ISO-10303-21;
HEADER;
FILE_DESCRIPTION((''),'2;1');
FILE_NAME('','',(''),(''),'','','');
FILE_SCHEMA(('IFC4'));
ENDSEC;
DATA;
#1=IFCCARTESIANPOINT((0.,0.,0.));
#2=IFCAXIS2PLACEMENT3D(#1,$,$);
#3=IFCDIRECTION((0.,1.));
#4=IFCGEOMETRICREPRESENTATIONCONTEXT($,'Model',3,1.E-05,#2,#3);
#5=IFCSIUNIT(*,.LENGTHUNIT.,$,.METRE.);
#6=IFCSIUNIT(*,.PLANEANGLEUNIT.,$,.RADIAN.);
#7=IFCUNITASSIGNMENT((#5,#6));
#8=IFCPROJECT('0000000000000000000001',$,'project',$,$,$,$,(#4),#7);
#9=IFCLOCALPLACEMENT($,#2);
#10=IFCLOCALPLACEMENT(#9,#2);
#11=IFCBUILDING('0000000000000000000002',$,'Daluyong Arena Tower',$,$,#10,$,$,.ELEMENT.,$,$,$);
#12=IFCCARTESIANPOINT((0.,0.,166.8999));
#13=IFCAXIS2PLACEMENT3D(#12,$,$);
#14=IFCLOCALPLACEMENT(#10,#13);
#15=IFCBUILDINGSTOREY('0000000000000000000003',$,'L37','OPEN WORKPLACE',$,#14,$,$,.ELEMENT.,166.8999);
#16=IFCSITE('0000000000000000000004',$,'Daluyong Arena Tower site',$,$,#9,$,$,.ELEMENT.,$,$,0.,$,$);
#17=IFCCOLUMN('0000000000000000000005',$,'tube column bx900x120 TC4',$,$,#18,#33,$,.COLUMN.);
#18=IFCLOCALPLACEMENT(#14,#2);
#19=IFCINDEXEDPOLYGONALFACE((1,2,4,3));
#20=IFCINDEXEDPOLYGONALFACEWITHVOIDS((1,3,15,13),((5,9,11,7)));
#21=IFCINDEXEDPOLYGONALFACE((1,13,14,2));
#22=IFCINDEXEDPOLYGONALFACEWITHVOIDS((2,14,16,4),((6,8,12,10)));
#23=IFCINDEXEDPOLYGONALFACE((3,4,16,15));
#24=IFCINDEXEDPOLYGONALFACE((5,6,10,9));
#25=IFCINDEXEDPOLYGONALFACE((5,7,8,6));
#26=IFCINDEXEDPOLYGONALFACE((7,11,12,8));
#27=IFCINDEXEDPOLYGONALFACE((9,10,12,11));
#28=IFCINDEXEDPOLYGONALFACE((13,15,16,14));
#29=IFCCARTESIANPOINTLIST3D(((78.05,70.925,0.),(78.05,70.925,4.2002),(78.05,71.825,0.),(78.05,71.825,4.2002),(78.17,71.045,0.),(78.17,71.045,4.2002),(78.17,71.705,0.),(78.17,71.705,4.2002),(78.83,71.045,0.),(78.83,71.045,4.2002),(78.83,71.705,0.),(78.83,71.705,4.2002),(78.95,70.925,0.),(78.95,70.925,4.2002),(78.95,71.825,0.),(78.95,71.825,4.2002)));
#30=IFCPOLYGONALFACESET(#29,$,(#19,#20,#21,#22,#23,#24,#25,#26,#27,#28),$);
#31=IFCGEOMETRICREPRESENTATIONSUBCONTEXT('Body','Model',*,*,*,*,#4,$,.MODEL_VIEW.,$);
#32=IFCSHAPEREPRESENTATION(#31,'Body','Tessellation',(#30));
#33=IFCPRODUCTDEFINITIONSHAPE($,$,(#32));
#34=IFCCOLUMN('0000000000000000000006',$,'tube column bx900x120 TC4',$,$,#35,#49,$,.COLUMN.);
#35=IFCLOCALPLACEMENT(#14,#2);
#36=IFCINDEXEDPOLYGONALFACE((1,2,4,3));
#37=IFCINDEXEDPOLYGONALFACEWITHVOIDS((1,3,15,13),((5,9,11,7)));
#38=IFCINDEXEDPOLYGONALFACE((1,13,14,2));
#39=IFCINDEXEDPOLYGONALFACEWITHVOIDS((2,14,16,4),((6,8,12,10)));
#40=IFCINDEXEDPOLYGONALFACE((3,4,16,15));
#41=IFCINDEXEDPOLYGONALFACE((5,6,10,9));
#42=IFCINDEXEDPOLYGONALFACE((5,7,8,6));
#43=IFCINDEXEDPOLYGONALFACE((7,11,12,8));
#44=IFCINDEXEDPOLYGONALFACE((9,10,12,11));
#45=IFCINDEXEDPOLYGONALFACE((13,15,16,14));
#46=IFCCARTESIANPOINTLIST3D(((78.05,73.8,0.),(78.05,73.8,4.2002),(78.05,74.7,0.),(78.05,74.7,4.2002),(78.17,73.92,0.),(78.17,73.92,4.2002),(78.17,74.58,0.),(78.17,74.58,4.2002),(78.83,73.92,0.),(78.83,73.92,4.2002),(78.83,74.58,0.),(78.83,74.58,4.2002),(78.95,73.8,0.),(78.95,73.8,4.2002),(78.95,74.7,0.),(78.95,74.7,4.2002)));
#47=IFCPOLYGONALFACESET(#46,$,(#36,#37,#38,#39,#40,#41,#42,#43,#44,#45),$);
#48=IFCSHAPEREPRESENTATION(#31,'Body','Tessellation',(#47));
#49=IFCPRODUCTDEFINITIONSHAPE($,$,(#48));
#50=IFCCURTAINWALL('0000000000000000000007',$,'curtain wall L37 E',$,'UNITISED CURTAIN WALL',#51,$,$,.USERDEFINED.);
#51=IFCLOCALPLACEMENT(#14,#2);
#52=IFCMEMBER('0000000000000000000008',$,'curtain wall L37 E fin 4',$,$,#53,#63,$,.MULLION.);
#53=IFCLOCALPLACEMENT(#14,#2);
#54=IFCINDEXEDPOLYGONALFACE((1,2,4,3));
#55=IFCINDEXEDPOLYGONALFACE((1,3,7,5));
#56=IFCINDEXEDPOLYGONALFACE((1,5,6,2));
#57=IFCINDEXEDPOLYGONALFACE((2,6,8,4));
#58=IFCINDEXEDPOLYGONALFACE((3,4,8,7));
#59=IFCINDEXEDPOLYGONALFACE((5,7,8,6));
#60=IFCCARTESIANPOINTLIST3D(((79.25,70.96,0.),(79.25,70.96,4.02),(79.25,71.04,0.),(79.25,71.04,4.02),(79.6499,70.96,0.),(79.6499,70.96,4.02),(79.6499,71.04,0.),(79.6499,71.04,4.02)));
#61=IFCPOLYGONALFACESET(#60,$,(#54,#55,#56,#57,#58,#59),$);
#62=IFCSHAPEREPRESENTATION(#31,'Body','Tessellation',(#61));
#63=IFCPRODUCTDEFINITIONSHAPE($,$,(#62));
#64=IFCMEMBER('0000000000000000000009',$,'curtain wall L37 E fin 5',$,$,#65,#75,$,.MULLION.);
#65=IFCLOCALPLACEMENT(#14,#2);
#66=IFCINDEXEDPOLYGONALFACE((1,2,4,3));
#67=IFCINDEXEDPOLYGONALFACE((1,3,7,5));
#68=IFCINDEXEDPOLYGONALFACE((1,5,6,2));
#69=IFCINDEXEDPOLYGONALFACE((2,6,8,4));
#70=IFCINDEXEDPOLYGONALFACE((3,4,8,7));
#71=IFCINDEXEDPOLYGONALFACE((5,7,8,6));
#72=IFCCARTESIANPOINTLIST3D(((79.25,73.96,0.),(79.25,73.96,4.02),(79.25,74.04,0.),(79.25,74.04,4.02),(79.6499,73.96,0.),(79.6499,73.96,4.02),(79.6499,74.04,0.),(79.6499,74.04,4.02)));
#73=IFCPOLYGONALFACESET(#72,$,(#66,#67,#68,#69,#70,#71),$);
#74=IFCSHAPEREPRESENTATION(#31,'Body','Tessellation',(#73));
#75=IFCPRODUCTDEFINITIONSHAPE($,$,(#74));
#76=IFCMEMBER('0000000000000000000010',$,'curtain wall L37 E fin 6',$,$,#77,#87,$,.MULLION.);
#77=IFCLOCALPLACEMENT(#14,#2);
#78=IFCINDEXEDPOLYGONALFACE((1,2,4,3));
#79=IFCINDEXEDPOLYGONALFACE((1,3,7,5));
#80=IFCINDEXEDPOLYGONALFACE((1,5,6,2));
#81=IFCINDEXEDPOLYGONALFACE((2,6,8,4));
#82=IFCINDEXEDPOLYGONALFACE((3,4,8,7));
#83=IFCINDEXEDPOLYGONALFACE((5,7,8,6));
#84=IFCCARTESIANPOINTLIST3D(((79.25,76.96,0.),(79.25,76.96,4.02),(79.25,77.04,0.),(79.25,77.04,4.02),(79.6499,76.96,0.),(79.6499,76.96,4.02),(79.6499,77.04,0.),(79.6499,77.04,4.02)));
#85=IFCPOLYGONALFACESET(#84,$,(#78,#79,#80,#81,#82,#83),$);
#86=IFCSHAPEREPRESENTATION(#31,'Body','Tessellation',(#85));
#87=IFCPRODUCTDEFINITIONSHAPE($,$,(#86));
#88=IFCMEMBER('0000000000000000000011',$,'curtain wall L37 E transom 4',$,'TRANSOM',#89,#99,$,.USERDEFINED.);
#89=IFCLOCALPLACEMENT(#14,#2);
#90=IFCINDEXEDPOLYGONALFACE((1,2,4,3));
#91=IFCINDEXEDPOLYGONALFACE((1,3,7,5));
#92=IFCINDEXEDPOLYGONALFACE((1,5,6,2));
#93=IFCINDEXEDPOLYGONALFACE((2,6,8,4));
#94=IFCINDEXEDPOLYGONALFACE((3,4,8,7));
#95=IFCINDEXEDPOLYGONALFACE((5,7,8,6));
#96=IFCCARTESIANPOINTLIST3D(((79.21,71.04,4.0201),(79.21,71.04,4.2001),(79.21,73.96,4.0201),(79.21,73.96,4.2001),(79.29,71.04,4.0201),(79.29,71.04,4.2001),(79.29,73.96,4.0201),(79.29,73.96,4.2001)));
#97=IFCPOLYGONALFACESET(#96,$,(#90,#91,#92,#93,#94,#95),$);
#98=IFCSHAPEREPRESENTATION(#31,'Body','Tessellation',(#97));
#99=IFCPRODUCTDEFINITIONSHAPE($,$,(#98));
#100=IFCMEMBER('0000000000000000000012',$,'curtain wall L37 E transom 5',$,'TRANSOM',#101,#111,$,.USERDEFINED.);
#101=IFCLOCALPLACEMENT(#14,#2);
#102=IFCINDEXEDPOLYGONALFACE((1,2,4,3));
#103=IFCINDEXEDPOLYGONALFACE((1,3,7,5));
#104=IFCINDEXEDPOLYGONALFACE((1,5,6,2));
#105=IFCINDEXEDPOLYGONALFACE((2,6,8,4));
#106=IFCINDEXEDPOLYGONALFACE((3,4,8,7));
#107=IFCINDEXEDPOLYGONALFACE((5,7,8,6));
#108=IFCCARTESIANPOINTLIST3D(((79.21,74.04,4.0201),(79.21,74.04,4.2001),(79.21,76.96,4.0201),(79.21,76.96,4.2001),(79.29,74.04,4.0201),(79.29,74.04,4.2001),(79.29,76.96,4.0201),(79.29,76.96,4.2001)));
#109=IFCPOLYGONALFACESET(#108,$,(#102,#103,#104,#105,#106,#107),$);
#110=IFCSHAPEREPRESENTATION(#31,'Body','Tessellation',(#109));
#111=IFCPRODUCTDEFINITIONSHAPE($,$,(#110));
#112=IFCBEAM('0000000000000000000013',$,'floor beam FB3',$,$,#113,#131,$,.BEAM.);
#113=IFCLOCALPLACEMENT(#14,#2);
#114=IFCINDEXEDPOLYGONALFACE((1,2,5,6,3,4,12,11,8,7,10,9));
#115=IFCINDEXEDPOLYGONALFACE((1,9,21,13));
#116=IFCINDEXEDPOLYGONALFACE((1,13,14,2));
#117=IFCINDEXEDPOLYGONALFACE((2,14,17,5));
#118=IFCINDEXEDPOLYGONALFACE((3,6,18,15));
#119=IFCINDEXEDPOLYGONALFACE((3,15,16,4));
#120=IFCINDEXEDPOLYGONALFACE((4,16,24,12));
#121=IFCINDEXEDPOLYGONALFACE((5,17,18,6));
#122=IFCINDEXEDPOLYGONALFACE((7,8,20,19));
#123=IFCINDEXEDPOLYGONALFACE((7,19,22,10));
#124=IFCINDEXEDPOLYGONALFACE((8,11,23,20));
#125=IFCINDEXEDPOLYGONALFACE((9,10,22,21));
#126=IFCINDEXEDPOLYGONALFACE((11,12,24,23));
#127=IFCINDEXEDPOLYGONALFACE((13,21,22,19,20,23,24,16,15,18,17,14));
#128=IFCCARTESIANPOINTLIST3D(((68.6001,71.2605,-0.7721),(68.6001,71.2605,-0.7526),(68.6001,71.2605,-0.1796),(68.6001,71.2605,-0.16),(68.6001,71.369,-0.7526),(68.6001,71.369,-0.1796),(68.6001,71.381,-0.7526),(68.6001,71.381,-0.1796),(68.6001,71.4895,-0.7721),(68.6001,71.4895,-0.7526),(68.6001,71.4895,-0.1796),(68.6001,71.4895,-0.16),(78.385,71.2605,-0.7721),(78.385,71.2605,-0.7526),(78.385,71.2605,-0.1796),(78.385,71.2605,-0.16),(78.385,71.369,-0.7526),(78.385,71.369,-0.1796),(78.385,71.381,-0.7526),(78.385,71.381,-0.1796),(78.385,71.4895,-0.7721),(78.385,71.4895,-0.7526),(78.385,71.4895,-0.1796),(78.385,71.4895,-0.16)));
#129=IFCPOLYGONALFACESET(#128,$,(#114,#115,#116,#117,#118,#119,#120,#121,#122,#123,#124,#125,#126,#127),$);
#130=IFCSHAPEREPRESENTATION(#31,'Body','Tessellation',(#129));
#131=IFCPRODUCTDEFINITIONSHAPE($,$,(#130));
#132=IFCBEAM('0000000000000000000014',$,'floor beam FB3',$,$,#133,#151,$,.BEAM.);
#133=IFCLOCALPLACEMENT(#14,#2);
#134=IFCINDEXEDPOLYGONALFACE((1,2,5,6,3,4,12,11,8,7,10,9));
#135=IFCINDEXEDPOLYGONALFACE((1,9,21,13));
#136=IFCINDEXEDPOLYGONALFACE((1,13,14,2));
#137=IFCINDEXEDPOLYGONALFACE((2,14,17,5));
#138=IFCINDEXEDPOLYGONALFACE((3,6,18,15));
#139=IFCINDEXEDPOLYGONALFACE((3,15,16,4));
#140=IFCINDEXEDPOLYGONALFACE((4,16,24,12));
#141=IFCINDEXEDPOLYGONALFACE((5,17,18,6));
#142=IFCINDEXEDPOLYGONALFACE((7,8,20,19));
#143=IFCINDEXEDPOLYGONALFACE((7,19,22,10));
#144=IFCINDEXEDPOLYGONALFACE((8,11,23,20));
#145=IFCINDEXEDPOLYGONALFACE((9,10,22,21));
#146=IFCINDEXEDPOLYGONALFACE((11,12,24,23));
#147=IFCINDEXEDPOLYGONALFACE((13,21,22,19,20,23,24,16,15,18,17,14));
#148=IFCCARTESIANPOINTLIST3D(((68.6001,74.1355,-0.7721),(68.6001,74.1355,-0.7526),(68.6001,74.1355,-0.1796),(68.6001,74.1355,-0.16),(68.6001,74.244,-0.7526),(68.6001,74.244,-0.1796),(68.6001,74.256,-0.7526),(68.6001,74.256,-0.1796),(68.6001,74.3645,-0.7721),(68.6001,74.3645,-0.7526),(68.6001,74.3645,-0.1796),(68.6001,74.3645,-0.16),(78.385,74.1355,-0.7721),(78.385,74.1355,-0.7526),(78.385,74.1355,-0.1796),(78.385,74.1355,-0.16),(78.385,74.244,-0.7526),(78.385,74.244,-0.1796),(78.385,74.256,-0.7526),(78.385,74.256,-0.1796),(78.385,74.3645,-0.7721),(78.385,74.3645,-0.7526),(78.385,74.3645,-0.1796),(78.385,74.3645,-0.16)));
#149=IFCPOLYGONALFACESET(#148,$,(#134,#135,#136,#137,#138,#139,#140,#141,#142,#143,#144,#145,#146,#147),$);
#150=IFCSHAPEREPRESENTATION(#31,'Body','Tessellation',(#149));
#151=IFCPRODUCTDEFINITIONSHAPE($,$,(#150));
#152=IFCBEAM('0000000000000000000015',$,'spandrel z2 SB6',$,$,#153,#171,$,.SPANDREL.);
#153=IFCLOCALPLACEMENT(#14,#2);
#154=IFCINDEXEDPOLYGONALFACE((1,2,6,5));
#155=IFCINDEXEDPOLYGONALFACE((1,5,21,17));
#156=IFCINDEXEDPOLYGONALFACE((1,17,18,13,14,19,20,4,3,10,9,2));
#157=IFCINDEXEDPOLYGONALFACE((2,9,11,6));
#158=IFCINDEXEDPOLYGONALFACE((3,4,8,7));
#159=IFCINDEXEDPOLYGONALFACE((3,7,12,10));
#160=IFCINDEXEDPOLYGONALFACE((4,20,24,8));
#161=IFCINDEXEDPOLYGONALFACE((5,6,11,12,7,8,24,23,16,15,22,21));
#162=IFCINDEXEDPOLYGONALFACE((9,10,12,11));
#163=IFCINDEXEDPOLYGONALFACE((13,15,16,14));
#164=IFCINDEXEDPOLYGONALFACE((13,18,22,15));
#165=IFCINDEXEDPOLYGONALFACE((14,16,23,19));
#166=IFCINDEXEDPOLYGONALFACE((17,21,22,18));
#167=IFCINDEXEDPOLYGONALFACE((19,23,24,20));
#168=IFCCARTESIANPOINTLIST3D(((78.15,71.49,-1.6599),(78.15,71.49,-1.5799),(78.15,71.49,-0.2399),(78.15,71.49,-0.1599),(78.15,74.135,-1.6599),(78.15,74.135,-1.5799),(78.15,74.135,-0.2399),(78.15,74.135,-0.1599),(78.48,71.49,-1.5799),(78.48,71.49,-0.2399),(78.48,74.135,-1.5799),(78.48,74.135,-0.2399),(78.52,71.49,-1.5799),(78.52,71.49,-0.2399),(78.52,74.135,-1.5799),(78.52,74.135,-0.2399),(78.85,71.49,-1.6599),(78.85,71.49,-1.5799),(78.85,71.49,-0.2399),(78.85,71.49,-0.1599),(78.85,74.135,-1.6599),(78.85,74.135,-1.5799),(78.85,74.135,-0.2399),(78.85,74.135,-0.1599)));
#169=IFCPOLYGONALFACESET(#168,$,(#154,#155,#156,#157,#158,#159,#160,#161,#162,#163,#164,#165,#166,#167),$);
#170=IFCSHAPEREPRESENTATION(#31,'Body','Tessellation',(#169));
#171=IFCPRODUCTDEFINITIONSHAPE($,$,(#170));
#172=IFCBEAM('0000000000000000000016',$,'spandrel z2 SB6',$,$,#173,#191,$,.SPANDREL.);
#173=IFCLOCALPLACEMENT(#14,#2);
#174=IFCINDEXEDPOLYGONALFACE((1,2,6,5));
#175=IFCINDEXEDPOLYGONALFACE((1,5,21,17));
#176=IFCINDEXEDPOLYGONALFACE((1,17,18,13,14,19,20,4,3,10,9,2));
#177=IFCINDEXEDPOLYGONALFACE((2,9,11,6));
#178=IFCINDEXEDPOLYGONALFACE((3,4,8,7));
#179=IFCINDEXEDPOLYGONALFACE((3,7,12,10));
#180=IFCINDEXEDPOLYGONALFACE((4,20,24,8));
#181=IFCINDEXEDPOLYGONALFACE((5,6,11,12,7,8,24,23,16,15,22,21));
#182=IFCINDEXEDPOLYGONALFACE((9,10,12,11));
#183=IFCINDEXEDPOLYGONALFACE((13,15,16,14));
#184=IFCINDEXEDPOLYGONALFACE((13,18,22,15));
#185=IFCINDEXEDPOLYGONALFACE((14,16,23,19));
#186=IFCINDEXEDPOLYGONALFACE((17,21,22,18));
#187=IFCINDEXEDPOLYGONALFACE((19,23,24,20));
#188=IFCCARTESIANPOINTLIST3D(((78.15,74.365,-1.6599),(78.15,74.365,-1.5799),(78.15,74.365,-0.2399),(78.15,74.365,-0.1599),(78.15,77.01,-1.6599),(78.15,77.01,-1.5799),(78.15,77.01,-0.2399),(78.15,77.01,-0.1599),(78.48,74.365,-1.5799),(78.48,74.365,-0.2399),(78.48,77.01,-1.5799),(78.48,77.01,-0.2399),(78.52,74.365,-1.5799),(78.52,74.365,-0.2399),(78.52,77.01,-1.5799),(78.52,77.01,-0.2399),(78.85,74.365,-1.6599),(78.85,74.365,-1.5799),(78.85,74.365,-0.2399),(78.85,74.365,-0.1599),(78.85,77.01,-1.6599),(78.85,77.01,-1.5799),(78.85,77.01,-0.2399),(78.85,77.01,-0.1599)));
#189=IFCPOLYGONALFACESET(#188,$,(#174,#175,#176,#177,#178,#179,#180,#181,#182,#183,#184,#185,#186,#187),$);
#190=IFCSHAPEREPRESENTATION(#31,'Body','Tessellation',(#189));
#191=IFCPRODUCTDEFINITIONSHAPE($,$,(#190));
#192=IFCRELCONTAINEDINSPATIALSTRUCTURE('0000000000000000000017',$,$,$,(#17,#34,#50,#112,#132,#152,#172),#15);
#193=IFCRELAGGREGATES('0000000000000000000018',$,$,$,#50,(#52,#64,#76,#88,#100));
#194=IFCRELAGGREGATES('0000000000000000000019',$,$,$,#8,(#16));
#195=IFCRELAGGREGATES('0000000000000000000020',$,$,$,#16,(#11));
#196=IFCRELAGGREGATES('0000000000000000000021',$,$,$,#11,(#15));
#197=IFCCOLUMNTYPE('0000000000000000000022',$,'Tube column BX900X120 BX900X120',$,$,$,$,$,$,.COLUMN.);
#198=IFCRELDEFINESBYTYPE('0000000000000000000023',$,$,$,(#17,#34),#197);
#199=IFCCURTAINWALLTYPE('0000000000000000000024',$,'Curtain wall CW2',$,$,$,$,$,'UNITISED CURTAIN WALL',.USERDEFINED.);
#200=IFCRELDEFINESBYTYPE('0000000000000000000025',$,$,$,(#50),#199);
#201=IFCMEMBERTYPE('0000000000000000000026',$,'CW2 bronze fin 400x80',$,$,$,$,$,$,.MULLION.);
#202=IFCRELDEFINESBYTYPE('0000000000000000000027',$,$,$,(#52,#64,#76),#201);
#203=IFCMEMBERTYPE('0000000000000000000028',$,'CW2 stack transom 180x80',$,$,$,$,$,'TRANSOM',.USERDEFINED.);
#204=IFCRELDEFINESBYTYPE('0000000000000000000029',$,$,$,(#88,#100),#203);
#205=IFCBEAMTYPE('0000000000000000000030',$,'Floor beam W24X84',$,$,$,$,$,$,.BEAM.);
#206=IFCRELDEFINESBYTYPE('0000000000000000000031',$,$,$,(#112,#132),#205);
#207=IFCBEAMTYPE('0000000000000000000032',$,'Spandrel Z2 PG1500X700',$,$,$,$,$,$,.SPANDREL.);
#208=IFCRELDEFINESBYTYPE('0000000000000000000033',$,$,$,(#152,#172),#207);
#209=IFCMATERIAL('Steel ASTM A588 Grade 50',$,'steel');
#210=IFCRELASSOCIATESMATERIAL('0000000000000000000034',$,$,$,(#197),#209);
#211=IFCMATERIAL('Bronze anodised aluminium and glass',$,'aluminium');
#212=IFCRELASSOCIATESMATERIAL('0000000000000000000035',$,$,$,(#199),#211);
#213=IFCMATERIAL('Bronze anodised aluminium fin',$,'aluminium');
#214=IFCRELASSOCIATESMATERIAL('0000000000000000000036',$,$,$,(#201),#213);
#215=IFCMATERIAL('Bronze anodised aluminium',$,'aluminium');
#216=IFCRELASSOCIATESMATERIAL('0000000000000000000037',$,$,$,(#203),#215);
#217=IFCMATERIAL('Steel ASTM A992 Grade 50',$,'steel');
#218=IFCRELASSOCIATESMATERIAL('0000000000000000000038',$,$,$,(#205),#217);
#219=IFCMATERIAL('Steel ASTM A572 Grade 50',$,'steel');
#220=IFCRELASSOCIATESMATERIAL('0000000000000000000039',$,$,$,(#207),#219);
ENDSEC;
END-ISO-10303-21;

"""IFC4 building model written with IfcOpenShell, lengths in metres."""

from ifc_helpers import new_model, si_unit, direction, frame, origin, origin_2d, place, context, subcontext, project, spatial, rectangle, hollow_rectangle, i_section, extrude, material, material_profile, profile_set, type_object, element, aggregate, save


model = new_model("IFC4")

# Units and contexts
model_context = context("Model", 3, precision=1e-05, world=origin(), true_north=direction((0.0, 1.0)))
body_context = subcontext(model_context, "Body", "Model", "MODEL_VIEW")
ifc_project = project(units=[si_unit("LENGTHUNIT", "METRE"), si_unit("PLANEANGLEUNIT", "RADIAN")], contexts=[model_context])

# Site, building, storey
site_placement = place(None, origin())
site = spatial("IfcSite", under=ifc_project, at=site_placement, Name="Daluyong Arena Tower site", CompositionType="ELEMENT", RefElevation=0.0)
building_placement = place(site_placement, origin())
building = spatial("IfcBuilding", under=site, at=building_placement, Name="Daluyong Arena Tower", CompositionType="ELEMENT")
storey_placement = place(building_placement, frame((0.0, 0.0, 166.8999)))
storey = spatial("IfcBuildingStorey", under=building, at=storey_placement, Name="L37", Description="OPEN WORKPLACE", CompositionType="ELEMENT", Elevation=166.8999)

# Columns
ifc_material_1 = material(Name="Steel ASTM A588 Grade 50", Category="steel")
ifc_material_profile_1 = material_profile(ifc_material_1, hollow_rectangle(XDim=0.8999, YDim=0.8999, WallThickness=0.12, at=origin_2d()))
ifc_profile_set_1 = profile_set([ifc_material_profile_1], Name="Steel ASTM A588 Grade 50")
column_type = type_object("IfcColumnType", Name="Tube column BX900X120 BX900X120", PredefinedType="COLUMN", material=ifc_profile_set_1)
for number, where, z_axis, x_axis, name in (
    (1, (78.5, 71.375, 0.0), (0.0, 0.0, 1.0), (0.0, 1.0, 0.0), "tube column bx900x120 TC4"),
    (2, (78.5, 74.25, 0.0), (0.0, 0.0, 1.0), (0.0, 1.0, 0.0), "tube column bx900x120 TC4"),
):
    element("IfcColumn", number, at=place(storey_placement, frame(where, z_axis=z_axis, x_axis=x_axis)), inside=storey, type_object=column_type, Name=name, PredefinedType="COLUMN", context=body_context, shape_type="SweptSolid", body=[
        extrude(hollow_rectangle(XDim=0.8999, YDim=0.8999, WallThickness=0.12, at=origin_2d()), origin(), (0.0, 0.0, 1.0), 4.2002),
    ])

# Curtain wall, members
ifc_material_2 = material(Name="Bronze anodised aluminium and glass", Category="aluminium")
curtain_wall_type = type_object("IfcCurtainWallType", Name="Curtain wall CW2", ElementType="UNITISED CURTAIN WALL", PredefinedType="USERDEFINED", material=ifc_material_2)
curtain_wall_placement = place(storey_placement, origin())
curtain_wall = element("IfcCurtainWall", 3, at=curtain_wall_placement, inside=storey, type_object=curtain_wall_type, Name="curtain wall L37 E", ObjectType="UNITISED CURTAIN WALL", PredefinedType="USERDEFINED")
ifc_material_3 = material(Name="Bronze anodised aluminium fin", Category="aluminium")
ifc_material_profile_2 = material_profile(ifc_material_3, rectangle(XDim=0.3999, YDim=0.0801, at=origin_2d()))
ifc_profile_set_2 = profile_set([ifc_material_profile_2], Name="Bronze anodised aluminium fin")
member_type_1 = type_object("IfcMemberType", Name="CW2 bronze fin 400x80", PredefinedType="MULLION", material=ifc_profile_set_2)
member_1_placement = place(storey_placement, frame((79.45, 71.0, 0.0), z_axis=(0.0, 0.0, 1.0), x_axis=(-1.0, 0.0, 0.0)))
member_1 = element("IfcMember", 4, at=member_1_placement, type_object=member_type_1, Name="curtain wall L37 E fin 4", PredefinedType="MULLION", context=body_context, shape_type="SweptSolid", body=[
    extrude(rectangle(XDim=0.3999, YDim=0.0801, at=origin_2d()), origin(), (0.0, 0.0, 1.0), 4.02),
])
member_2_placement = place(storey_placement, frame((79.45, 74.0, 0.0), z_axis=(0.0, 0.0, 1.0), x_axis=(-1.0, 0.0, 0.0)))
member_2 = element("IfcMember", 5, at=member_2_placement, type_object=member_type_1, Name="curtain wall L37 E fin 5", PredefinedType="MULLION", context=body_context, shape_type="SweptSolid", body=[
    extrude(rectangle(XDim=0.3999, YDim=0.0801, at=origin_2d()), origin(), (0.0, 0.0, 1.0), 4.02),
])
member_3_placement = place(storey_placement, frame((79.45, 77.0, 0.0), z_axis=(0.0, 0.0, 1.0), x_axis=(-1.0, 0.0, 0.0)))
member_3 = element("IfcMember", 6, at=member_3_placement, type_object=member_type_1, Name="curtain wall L37 E fin 6", PredefinedType="MULLION", context=body_context, shape_type="SweptSolid", body=[
    extrude(rectangle(XDim=0.3999, YDim=0.0801, at=origin_2d()), origin(), (0.0, 0.0, 1.0), 4.02),
])
ifc_material_4 = material(Name="Bronze anodised aluminium", Category="aluminium")
ifc_material_profile_3 = material_profile(ifc_material_4, rectangle(XDim=0.0801, YDim=0.1799, at=origin_2d()))
ifc_profile_set_3 = profile_set([ifc_material_profile_3], Name="Bronze anodised aluminium")
member_type_2 = type_object("IfcMemberType", Name="CW2 stack transom 180x80", ElementType="TRANSOM", PredefinedType="USERDEFINED", material=ifc_profile_set_3)
member_4_placement = place(storey_placement, frame((79.25, 71.04, 4.1101), z_axis=(0.0, 1.0, 0.0), x_axis=(-1.0, 0.0, 0.0)))
member_4 = element("IfcMember", 7, at=member_4_placement, type_object=member_type_2, Name="curtain wall L37 E transom 4", ObjectType="TRANSOM", PredefinedType="USERDEFINED", context=body_context, shape_type="SweptSolid", body=[
    extrude(rectangle(XDim=0.0801, YDim=0.1799, at=origin_2d()), origin(), (0.0, 0.0, 1.0), 2.9199),
])
member_5_placement = place(storey_placement, frame((79.25, 74.04, 4.1101), z_axis=(0.0, 1.0, 0.0), x_axis=(-1.0, 0.0, 0.0)))
member_5 = element("IfcMember", 8, at=member_5_placement, type_object=member_type_2, Name="curtain wall L37 E transom 5", ObjectType="TRANSOM", PredefinedType="USERDEFINED", context=body_context, shape_type="SweptSolid", body=[
    extrude(rectangle(XDim=0.0801, YDim=0.1799, at=origin_2d()), origin(), (0.0, 0.0, 1.0), 2.9199),
])

# Beams
ifc_material_5 = material(Name="Steel ASTM A992 Grade 50", Category="steel")
ifc_material_profile_4 = material_profile(ifc_material_5, i_section(OverallWidth=0.229, OverallDepth=0.6121, WebThickness=0.012, FlangeThickness=0.0195, at=origin_2d()))
ifc_profile_set_4 = profile_set([ifc_material_profile_4], Name="Steel ASTM A992 Grade 50")
beam_type_1 = type_object("IfcBeamType", Name="Floor beam W24X84", PredefinedType="BEAM", material=ifc_profile_set_4)
for number, where, z_axis, x_axis, name in (
    (9, (78.385, 71.375, -0.4661), (-1.0, 0.0, 0.0), (0.0, -1.0, 0.0), "floor beam FB3"),
    (10, (78.385, 74.25, -0.4661), (-1.0, 0.0, 0.0), (0.0, -1.0, 0.0), "floor beam FB3"),
):
    element("IfcBeam", number, at=place(storey_placement, frame(where, z_axis=z_axis, x_axis=x_axis)), inside=storey, type_object=beam_type_1, Name=name, PredefinedType="BEAM", context=body_context, shape_type="SweptSolid", body=[
        extrude(i_section(OverallWidth=0.229, OverallDepth=0.6121, WebThickness=0.012, FlangeThickness=0.0195, at=origin_2d()), origin(), (0.0, 0.0, 1.0), 9.7849),
    ])
ifc_material_6 = material(Name="Steel ASTM A572 Grade 50", Category="steel")
ifc_material_profile_5 = material_profile(ifc_material_6, i_section(OverallWidth=0.7, OverallDepth=1.5, WebThickness=0.04, FlangeThickness=0.08, at=origin_2d()))
ifc_profile_set_5 = profile_set([ifc_material_profile_5], Name="Steel ASTM A572 Grade 50")
beam_type_2 = type_object("IfcBeamType", Name="Spandrel Z2 PG1500X700", PredefinedType="SPANDREL", material=ifc_profile_set_5)
for number, where, z_axis, x_axis, name in (
    (11, (78.5, 71.49, -0.9099), (0.0, 1.0, 0.0), (-1.0, 0.0, 0.0), "spandrel z2 SB6"),
    (12, (78.5, 74.365, -0.9099), (0.0, 1.0, 0.0), (-1.0, 0.0, 0.0), "spandrel z2 SB6"),
):
    element("IfcBeam", number, at=place(storey_placement, frame(where, z_axis=z_axis, x_axis=x_axis)), inside=storey, type_object=beam_type_2, Name=name, PredefinedType="SPANDREL", context=body_context, shape_type="SweptSolid", body=[
        extrude(i_section(OverallWidth=0.7, OverallDepth=1.5, WebThickness=0.04, FlangeThickness=0.08, at=origin_2d()), origin(), (0.0, 0.0, 1.0), 2.645),
    ])

aggregate(curtain_wall, [member_1, member_2, member_3, member_4, member_5])

save(model, "model.ifc")
